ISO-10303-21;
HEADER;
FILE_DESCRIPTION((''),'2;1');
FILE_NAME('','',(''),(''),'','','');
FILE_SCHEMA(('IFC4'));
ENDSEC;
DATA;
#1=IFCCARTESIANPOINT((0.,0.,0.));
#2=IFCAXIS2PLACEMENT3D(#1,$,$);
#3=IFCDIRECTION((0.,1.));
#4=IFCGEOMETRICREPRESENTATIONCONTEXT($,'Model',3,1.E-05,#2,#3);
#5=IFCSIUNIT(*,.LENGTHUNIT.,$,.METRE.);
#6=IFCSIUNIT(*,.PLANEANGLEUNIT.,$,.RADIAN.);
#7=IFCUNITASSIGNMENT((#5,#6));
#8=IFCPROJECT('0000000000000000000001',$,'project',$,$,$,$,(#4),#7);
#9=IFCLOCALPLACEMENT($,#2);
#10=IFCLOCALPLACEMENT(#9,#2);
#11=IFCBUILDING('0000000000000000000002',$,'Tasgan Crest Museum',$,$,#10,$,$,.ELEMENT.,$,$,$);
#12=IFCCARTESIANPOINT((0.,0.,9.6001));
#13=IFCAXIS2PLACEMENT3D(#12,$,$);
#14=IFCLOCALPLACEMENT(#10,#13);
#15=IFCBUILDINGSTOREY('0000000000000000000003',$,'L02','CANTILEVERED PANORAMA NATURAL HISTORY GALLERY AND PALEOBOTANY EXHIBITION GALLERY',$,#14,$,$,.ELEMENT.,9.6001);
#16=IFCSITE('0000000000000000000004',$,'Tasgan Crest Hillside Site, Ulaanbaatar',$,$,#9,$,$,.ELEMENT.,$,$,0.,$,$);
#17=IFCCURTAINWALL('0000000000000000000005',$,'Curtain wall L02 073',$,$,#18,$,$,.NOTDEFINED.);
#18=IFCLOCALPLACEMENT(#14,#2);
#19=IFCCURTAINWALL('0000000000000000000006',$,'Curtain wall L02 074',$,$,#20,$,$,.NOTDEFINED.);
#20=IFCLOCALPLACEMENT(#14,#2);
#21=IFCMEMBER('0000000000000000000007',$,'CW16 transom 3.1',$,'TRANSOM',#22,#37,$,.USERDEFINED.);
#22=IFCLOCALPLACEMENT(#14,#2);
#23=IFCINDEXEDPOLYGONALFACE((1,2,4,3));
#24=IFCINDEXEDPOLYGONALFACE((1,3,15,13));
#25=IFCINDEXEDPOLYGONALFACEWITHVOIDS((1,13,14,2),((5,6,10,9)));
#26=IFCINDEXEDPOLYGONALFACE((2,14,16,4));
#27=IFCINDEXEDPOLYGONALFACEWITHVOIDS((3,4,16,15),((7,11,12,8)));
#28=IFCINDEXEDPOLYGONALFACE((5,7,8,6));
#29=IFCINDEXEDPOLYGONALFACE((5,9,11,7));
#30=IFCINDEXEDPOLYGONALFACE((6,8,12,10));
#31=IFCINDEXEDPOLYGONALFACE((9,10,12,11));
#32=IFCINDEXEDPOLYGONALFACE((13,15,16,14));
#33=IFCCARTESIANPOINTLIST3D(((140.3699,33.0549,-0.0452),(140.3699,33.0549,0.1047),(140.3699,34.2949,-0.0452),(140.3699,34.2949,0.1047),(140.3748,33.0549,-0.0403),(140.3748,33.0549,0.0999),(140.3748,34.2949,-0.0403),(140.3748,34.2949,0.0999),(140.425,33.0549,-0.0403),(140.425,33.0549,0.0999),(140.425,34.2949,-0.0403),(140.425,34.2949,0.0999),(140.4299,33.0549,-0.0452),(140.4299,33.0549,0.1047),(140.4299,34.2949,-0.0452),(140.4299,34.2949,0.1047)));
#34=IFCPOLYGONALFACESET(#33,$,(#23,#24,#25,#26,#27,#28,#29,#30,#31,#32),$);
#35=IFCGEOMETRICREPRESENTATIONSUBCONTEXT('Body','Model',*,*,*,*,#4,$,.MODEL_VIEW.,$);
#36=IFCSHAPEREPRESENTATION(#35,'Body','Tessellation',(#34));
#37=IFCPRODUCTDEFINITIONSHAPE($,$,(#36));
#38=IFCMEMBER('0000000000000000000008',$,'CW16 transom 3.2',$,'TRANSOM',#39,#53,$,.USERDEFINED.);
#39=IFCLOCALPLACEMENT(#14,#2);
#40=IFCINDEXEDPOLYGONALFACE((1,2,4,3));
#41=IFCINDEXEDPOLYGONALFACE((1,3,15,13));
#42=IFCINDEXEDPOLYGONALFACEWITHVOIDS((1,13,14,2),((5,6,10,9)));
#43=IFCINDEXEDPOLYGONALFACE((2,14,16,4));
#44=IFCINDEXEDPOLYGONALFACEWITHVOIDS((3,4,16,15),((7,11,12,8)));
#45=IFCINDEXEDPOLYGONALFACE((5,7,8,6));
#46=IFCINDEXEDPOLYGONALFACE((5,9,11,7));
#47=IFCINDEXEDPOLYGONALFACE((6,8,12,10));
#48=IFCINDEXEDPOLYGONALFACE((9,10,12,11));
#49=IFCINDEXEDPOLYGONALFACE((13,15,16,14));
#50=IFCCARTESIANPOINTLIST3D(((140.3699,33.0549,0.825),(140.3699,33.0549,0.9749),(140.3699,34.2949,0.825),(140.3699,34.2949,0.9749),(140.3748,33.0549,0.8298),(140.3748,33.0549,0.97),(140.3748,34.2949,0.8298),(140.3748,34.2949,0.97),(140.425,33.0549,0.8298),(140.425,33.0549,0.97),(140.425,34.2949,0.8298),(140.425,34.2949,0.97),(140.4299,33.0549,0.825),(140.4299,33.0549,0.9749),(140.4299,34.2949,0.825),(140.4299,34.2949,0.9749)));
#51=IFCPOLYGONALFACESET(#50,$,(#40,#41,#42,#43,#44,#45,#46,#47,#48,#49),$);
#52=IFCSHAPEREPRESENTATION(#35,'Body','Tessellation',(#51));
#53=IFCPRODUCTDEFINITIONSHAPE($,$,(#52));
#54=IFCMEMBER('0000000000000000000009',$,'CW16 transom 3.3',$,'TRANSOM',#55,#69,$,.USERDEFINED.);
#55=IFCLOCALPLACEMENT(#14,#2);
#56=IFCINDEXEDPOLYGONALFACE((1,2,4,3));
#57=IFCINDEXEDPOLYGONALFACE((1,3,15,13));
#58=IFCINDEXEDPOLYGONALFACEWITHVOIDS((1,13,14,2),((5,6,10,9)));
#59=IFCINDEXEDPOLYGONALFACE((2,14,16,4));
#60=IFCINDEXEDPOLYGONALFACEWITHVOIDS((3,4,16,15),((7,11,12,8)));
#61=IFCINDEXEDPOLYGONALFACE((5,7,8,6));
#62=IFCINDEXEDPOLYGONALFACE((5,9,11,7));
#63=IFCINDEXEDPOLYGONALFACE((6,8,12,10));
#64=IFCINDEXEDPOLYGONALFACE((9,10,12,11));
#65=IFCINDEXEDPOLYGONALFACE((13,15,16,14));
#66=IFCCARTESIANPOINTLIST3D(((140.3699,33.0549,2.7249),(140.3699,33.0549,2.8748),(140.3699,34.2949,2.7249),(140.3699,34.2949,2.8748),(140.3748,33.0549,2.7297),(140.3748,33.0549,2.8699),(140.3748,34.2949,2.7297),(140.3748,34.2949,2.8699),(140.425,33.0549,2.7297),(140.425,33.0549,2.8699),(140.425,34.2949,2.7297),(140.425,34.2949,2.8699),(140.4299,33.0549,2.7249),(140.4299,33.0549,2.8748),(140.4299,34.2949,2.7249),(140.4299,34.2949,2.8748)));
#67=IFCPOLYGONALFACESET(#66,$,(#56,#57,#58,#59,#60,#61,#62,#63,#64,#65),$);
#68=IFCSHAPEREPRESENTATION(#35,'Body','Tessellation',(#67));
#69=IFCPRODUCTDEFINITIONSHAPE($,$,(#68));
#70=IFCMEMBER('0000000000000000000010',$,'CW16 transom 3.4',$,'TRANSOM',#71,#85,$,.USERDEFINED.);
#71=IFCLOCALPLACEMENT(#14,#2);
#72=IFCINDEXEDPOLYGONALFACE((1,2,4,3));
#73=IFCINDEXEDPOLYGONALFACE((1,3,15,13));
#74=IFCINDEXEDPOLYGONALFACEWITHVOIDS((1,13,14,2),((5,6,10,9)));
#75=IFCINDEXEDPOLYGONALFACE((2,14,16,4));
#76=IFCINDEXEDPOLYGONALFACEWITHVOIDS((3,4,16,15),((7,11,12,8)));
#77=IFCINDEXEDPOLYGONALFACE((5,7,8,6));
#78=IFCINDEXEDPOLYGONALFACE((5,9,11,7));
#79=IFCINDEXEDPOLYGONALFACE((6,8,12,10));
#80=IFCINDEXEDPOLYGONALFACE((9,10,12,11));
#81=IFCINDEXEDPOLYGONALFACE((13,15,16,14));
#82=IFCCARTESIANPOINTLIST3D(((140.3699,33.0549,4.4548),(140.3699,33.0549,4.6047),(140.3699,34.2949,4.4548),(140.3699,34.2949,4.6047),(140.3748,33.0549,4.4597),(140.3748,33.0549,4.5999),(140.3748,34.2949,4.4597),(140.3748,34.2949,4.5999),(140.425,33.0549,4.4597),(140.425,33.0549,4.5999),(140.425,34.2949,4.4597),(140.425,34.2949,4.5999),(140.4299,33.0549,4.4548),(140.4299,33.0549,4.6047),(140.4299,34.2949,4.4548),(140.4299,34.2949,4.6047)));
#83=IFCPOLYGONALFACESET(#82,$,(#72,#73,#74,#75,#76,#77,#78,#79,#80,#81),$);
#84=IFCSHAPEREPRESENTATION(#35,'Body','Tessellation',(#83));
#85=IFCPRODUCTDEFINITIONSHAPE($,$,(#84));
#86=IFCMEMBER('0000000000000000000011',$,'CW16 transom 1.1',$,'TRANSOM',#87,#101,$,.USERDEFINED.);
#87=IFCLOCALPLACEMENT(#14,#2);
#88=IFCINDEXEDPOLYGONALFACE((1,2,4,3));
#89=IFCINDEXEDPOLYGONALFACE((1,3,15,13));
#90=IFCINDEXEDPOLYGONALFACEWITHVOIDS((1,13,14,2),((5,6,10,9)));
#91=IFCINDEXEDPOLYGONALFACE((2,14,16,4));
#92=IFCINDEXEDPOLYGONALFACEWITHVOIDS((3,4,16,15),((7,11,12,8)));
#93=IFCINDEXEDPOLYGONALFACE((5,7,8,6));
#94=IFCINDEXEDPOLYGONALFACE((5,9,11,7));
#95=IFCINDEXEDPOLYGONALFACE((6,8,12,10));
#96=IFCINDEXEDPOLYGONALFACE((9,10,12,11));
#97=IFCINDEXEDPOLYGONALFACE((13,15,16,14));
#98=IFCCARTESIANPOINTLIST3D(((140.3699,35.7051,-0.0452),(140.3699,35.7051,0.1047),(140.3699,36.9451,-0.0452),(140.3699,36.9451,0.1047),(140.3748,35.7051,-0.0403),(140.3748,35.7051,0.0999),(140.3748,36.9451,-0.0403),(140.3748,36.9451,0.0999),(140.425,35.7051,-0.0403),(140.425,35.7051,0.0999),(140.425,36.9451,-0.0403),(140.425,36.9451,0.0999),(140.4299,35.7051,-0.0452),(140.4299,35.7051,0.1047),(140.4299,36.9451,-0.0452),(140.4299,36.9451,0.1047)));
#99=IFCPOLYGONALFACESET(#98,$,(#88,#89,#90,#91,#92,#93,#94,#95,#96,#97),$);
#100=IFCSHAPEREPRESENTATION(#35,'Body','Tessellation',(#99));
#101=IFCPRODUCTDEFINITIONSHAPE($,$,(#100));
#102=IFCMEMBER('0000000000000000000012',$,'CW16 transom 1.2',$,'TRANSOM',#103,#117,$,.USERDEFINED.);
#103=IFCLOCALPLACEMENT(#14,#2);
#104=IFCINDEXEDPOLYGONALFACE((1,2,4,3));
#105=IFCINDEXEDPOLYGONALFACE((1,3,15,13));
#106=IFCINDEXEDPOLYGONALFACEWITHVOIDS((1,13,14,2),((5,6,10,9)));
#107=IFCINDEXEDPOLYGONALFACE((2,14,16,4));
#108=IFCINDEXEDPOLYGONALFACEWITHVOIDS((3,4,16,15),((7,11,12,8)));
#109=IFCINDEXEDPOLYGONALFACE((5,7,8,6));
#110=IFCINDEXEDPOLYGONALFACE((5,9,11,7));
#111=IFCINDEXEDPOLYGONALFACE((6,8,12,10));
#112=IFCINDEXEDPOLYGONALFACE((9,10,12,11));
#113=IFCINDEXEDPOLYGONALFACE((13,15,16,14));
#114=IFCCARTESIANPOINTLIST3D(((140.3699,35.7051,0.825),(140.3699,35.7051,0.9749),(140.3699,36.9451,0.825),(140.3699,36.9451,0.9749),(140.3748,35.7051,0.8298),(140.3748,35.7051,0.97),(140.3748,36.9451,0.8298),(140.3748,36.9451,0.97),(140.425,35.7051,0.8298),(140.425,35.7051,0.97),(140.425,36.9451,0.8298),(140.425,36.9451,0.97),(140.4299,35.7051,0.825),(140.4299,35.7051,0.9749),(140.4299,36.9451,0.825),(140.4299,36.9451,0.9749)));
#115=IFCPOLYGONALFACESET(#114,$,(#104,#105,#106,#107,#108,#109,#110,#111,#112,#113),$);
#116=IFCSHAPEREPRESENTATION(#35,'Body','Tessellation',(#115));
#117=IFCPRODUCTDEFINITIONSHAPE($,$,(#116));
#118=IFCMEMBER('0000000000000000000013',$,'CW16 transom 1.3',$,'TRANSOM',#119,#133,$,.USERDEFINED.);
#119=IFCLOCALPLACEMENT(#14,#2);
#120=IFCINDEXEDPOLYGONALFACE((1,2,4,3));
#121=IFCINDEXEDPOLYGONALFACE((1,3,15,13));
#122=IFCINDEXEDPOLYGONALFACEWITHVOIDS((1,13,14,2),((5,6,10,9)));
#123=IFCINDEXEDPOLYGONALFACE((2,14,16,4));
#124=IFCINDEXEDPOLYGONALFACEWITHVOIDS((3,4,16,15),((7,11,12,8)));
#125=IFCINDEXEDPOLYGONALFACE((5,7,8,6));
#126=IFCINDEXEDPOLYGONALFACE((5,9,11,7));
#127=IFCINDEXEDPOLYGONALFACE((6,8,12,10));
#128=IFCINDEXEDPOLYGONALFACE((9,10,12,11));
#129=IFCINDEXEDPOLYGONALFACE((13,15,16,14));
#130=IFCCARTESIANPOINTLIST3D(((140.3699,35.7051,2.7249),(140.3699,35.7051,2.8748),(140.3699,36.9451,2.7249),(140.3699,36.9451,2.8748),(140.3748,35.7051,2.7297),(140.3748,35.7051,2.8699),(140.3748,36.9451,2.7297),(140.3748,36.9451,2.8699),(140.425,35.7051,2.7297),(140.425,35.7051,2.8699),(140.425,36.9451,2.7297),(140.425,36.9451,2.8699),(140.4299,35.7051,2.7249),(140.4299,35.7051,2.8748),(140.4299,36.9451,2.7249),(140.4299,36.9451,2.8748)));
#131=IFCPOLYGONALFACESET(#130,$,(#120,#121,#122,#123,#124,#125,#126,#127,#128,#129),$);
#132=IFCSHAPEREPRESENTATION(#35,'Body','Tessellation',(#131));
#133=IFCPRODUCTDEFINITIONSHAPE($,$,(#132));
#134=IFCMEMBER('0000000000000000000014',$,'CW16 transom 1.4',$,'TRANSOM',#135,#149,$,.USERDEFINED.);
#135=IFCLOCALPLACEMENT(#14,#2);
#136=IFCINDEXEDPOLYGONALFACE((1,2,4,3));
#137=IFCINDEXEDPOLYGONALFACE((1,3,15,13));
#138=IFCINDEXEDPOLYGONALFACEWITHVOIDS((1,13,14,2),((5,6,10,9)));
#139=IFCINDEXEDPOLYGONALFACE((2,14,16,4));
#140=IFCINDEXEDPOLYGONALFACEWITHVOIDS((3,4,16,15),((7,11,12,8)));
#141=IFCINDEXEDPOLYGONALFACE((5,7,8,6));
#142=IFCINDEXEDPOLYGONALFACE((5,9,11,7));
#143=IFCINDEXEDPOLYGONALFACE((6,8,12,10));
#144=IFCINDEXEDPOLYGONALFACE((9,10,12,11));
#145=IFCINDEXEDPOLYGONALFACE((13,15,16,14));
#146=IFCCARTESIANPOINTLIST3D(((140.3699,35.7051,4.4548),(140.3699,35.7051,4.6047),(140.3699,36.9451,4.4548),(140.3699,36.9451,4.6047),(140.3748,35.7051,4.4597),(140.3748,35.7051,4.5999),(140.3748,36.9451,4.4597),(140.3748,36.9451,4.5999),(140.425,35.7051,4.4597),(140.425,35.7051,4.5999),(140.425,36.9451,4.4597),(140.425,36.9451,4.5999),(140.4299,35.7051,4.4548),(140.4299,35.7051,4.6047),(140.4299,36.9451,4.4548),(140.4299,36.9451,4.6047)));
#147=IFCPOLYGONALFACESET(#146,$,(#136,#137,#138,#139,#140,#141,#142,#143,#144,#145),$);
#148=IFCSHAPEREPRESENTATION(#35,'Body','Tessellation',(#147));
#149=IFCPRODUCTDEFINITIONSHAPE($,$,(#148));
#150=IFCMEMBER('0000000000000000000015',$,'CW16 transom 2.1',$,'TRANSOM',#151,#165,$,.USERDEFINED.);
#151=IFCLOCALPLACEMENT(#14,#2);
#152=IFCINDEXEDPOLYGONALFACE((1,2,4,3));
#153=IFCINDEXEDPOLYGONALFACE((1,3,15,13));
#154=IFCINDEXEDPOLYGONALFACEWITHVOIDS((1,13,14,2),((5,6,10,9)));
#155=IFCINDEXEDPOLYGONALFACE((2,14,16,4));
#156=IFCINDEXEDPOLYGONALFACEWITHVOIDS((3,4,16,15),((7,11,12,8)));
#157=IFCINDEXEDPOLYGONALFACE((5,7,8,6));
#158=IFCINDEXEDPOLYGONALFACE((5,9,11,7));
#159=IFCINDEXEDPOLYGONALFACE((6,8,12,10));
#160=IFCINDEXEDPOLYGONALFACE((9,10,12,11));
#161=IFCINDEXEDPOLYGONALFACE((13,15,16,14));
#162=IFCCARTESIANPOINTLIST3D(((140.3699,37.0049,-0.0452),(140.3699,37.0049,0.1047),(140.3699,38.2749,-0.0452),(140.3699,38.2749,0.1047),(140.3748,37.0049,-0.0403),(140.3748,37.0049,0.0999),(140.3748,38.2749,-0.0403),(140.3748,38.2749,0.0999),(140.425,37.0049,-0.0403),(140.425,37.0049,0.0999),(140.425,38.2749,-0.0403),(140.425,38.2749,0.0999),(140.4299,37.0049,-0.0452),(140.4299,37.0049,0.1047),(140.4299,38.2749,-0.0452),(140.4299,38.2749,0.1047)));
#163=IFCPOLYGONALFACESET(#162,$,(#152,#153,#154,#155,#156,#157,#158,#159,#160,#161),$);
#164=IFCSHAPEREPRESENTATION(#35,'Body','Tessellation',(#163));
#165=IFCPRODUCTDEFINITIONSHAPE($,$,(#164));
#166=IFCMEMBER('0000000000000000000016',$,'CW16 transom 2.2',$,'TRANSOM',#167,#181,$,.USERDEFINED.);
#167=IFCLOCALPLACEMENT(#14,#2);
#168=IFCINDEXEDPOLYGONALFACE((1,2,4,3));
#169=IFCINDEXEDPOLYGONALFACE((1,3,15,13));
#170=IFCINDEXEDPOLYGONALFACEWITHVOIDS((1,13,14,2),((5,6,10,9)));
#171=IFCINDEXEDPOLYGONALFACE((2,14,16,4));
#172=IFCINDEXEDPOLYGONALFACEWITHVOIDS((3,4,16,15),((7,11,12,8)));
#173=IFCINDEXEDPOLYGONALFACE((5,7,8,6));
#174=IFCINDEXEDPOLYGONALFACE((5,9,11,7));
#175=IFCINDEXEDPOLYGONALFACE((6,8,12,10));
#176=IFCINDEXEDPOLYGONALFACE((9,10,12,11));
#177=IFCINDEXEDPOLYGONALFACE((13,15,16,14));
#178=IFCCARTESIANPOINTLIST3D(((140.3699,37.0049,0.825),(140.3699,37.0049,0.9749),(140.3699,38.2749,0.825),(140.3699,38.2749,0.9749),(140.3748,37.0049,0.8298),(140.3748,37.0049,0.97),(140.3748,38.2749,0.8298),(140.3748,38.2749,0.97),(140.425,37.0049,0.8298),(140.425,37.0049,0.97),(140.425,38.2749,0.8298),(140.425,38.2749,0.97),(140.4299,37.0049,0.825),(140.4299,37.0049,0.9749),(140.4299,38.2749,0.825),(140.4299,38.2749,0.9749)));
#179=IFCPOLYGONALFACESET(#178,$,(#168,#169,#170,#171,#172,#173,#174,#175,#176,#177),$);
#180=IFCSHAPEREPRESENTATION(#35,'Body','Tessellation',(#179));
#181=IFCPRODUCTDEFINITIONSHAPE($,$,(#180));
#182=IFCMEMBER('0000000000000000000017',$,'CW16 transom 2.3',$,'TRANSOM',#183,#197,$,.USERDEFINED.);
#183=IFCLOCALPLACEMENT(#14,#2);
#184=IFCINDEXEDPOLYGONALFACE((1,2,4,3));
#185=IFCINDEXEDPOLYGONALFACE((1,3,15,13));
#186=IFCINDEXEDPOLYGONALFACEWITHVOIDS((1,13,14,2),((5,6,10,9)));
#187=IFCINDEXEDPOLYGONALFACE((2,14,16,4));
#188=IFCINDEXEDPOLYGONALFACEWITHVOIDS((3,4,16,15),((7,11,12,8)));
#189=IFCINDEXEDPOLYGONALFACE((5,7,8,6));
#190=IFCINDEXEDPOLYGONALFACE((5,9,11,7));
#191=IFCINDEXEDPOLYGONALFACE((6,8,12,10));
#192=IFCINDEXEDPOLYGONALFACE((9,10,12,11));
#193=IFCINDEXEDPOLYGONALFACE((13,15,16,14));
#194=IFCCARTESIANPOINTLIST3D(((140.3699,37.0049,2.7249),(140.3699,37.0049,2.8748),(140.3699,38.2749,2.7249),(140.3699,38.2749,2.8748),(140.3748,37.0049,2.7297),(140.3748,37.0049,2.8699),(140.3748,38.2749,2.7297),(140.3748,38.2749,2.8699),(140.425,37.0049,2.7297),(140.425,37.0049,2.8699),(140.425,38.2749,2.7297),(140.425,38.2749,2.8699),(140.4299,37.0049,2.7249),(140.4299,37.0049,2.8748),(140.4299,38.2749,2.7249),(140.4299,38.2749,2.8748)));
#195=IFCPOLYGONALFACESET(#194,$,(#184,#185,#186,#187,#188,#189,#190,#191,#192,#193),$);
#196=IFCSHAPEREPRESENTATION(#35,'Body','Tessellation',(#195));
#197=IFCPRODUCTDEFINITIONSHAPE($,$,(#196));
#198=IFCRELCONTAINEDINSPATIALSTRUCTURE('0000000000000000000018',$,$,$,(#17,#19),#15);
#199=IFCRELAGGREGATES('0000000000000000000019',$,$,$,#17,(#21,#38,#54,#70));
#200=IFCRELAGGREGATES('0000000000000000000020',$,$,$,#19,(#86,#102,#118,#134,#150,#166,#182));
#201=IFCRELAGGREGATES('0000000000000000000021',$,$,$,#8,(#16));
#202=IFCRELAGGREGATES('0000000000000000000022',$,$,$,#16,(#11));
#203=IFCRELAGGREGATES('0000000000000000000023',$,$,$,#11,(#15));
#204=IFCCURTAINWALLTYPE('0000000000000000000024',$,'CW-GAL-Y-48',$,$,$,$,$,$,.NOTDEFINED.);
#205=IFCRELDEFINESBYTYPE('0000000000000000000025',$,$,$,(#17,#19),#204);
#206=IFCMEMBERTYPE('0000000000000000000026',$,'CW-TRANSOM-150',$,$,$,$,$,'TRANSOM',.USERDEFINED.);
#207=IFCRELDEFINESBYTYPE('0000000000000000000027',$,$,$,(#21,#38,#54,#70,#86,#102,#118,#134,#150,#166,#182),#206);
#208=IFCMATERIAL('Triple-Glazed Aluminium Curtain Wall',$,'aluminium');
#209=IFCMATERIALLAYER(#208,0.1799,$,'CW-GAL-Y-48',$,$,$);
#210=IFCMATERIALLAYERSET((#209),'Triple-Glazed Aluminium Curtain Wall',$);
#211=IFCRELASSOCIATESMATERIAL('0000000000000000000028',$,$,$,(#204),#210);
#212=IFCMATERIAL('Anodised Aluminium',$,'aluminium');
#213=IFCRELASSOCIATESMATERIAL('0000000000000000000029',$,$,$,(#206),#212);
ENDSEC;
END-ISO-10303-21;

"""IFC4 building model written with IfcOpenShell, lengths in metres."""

from ifc_helpers import new_model, si_unit, direction, frame, origin, origin_2d, place, context, subcontext, project, spatial, hollow_rectangle, extrude, material, layer, layer_set, material_profile, profile_set, type_object, element, aggregate, save


model = new_model("IFC4")

# Units and contexts
model_context = context("Model", 3, precision=1e-05, world=origin(), true_north=direction((0.0, 1.0)))
body_context = subcontext(model_context, "Body", "Model", "MODEL_VIEW")
ifc_project = project(units=[si_unit("LENGTHUNIT", "METRE"), si_unit("PLANEANGLEUNIT", "RADIAN")], contexts=[model_context])

# Site, building, storey
site_placement = place(None, origin())
site = spatial("IfcSite", under=ifc_project, at=site_placement, Name="Tasgan Crest Hillside Site, Ulaanbaatar", CompositionType="ELEMENT", RefElevation=0.0)
building_placement = place(site_placement, origin())
building = spatial("IfcBuilding", under=site, at=building_placement, Name="Tasgan Crest Museum", CompositionType="ELEMENT")
storey_placement = place(building_placement, frame((0.0, 0.0, 9.6001)))
storey = spatial("IfcBuildingStorey", under=building, at=storey_placement, Name="L02", Description="CANTILEVERED PANORAMA NATURAL HISTORY GALLERY AND PALEOBOTANY EXHIBITION GALLERY", CompositionType="ELEMENT", Elevation=9.6001)

# Curtain wall
ifc_material_1 = material(Name="Triple-Glazed Aluminium Curtain Wall", Category="aluminium")
ifc_layer_1 = layer(ifc_material_1, 0.1799, Name="CW-GAL-Y-48")
ifc_layer_set_1 = layer_set([ifc_layer_1], Name="Triple-Glazed Aluminium Curtain Wall")
curtain_wall_type = type_object("IfcCurtainWallType", Name="CW-GAL-Y-48", PredefinedType="NOTDEFINED", material=ifc_layer_set_1)
curtain_wall_1_placement = place(storey_placement, origin())
curtain_wall_1 = element("IfcCurtainWall", 1, at=curtain_wall_1_placement, inside=storey, type_object=curtain_wall_type, Name="Curtain wall L02 073", PredefinedType="NOTDEFINED")

# Curtain wall
curtain_wall_2_placement = place(storey_placement, origin())
curtain_wall_2 = element("IfcCurtainWall", 2, at=curtain_wall_2_placement, inside=storey, type_object=curtain_wall_type, Name="Curtain wall L02 074", PredefinedType="NOTDEFINED")

# Members
ifc_material_2 = material(Name="Anodised Aluminium", Category="aluminium")
ifc_material_profile_1 = material_profile(ifc_material_2, hollow_rectangle(XDim=0.0601, YDim=0.1499, WallThickness=0.0049, at=origin_2d()), Name="ALU TRANSOM 150x60x5")
ifc_profile_set_1 = profile_set([ifc_material_profile_1], Name="Anodised Aluminium")
member_type_1 = type_object("IfcMemberType", Name="CW-TRANSOM-150", ElementType="TRANSOM", PredefinedType="USERDEFINED", material=ifc_profile_set_1)
member_1_placement = place(storey_placement, frame((140.3999, 33.0549, 0.0298), z_axis=(0.0, 1.0, 0.0), x_axis=(-1.0, 0.0, 0.0)))
member_1 = element("IfcMember", 3, at=member_1_placement, type_object=member_type_1, Name="CW16 transom 3.1", ObjectType="TRANSOM", PredefinedType="USERDEFINED", context=body_context, shape_type="SweptSolid", body=[
    extrude(hollow_rectangle(XDim=0.0601, YDim=0.1499, WallThickness=0.0049, at=origin_2d()), origin(), (0.0, 0.0, 1.0), 1.24),
])
member_2_placement = place(storey_placement, frame((140.3999, 33.0549, 0.8999), z_axis=(0.0, 1.0, 0.0), x_axis=(-1.0, 0.0, 0.0)))
member_2 = element("IfcMember", 4, at=member_2_placement, type_object=member_type_1, Name="CW16 transom 3.2", ObjectType="TRANSOM", PredefinedType="USERDEFINED", context=body_context, shape_type="SweptSolid", body=[
    extrude(hollow_rectangle(XDim=0.0601, YDim=0.1499, WallThickness=0.0049, at=origin_2d()), origin(), (0.0, 0.0, 1.0), 1.24),
])
member_3_placement = place(storey_placement, frame((140.3999, 33.0549, 2.7998), z_axis=(0.0, 1.0, 0.0), x_axis=(-1.0, 0.0, 0.0)))
member_3 = element("IfcMember", 5, at=member_3_placement, type_object=member_type_1, Name="CW16 transom 3.3", ObjectType="TRANSOM", PredefinedType="USERDEFINED", context=body_context, shape_type="SweptSolid", body=[
    extrude(hollow_rectangle(XDim=0.0601, YDim=0.1499, WallThickness=0.0049, at=origin_2d()), origin(), (0.0, 0.0, 1.0), 1.24),
])
member_4_placement = place(storey_placement, frame((140.3999, 33.0549, 4.5298), z_axis=(0.0, 1.0, 0.0), x_axis=(-1.0, 0.0, 0.0)))
member_4 = element("IfcMember", 6, at=member_4_placement, type_object=member_type_1, Name="CW16 transom 3.4", ObjectType="TRANSOM", PredefinedType="USERDEFINED", context=body_context, shape_type="SweptSolid", body=[
    extrude(hollow_rectangle(XDim=0.0601, YDim=0.1499, WallThickness=0.0049, at=origin_2d()), origin(), (0.0, 0.0, 1.0), 1.24),
])
member_5_placement = place(storey_placement, frame((140.3999, 35.7051, 0.0298), z_axis=(0.0, 1.0, 0.0), x_axis=(-1.0, 0.0, 0.0)))
member_5 = element("IfcMember", 7, at=member_5_placement, type_object=member_type_1, Name="CW16 transom 1.1", ObjectType="TRANSOM", PredefinedType="USERDEFINED", context=body_context, shape_type="SweptSolid", body=[
    extrude(hollow_rectangle(XDim=0.0601, YDim=0.1499, WallThickness=0.0049, at=origin_2d()), origin(), (0.0, 0.0, 1.0), 1.24),
])
member_6_placement = place(storey_placement, frame((140.3999, 35.7051, 0.8999), z_axis=(0.0, 1.0, 0.0), x_axis=(-1.0, 0.0, 0.0)))
member_6 = element("IfcMember", 8, at=member_6_placement, type_object=member_type_1, Name="CW16 transom 1.2", ObjectType="TRANSOM", PredefinedType="USERDEFINED", context=body_context, shape_type="SweptSolid", body=[
    extrude(hollow_rectangle(XDim=0.0601, YDim=0.1499, WallThickness=0.0049, at=origin_2d()), origin(), (0.0, 0.0, 1.0), 1.24),
])
member_7_placement = place(storey_placement, frame((140.3999, 35.7051, 2.7998), z_axis=(0.0, 1.0, 0.0), x_axis=(-1.0, 0.0, 0.0)))
member_7 = element("IfcMember", 9, at=member_7_placement, type_object=member_type_1, Name="CW16 transom 1.3", ObjectType="TRANSOM", PredefinedType="USERDEFINED", context=body_context, shape_type="SweptSolid", body=[
    extrude(hollow_rectangle(XDim=0.0601, YDim=0.1499, WallThickness=0.0049, at=origin_2d()), origin(), (0.0, 0.0, 1.0), 1.24),
])
member_8_placement = place(storey_placement, frame((140.3999, 35.7051, 4.5298), z_axis=(0.0, 1.0, 0.0), x_axis=(-1.0, 0.0, 0.0)))
member_8 = element("IfcMember", 10, at=member_8_placement, type_object=member_type_1, Name="CW16 transom 1.4", ObjectType="TRANSOM", PredefinedType="USERDEFINED", context=body_context, shape_type="SweptSolid", body=[
    extrude(hollow_rectangle(XDim=0.0601, YDim=0.1499, WallThickness=0.0049, at=origin_2d()), origin(), (0.0, 0.0, 1.0), 1.24),
])
member_9_placement = place(storey_placement, frame((140.3999, 37.0049, 0.0298), z_axis=(0.0, 1.0, 0.0), x_axis=(-1.0, 0.0, 0.0)))
member_9 = element("IfcMember", 11, at=member_9_placement, type_object=member_type_1, Name="CW16 transom 2.1", ObjectType="TRANSOM", PredefinedType="USERDEFINED", context=body_context, shape_type="SweptSolid", body=[
    extrude(hollow_rectangle(XDim=0.0601, YDim=0.1499, WallThickness=0.0049, at=origin_2d()), origin(), (0.0, 0.0, 1.0), 1.27),
])
member_10_placement = place(storey_placement, frame((140.3999, 37.0049, 0.8999), z_axis=(0.0, 1.0, 0.0), x_axis=(-1.0, 0.0, 0.0)))
member_10 = element("IfcMember", 12, at=member_10_placement, type_object=member_type_1, Name="CW16 transom 2.2", ObjectType="TRANSOM", PredefinedType="USERDEFINED", context=body_context, shape_type="SweptSolid", body=[
    extrude(hollow_rectangle(XDim=0.0601, YDim=0.1499, WallThickness=0.0049, at=origin_2d()), origin(), (0.0, 0.0, 1.0), 1.27),
])
member_11_placement = place(storey_placement, frame((140.3999, 37.0049, 2.7998), z_axis=(0.0, 1.0, 0.0), x_axis=(-1.0, 0.0, 0.0)))
member_11 = element("IfcMember", 13, at=member_11_placement, type_object=member_type_1, Name="CW16 transom 2.3", ObjectType="TRANSOM", PredefinedType="USERDEFINED", context=body_context, shape_type="SweptSolid", body=[
    extrude(hollow_rectangle(XDim=0.0601, YDim=0.1499, WallThickness=0.0049, at=origin_2d()), origin(), (0.0, 0.0, 1.0), 1.27),
])

aggregate(curtain_wall_1, [member_1, member_2, member_3, member_4])
aggregate(curtain_wall_2, [member_5, member_6, member_7, member_8, member_9, member_10, member_11])

save(model, "model.ifc")
